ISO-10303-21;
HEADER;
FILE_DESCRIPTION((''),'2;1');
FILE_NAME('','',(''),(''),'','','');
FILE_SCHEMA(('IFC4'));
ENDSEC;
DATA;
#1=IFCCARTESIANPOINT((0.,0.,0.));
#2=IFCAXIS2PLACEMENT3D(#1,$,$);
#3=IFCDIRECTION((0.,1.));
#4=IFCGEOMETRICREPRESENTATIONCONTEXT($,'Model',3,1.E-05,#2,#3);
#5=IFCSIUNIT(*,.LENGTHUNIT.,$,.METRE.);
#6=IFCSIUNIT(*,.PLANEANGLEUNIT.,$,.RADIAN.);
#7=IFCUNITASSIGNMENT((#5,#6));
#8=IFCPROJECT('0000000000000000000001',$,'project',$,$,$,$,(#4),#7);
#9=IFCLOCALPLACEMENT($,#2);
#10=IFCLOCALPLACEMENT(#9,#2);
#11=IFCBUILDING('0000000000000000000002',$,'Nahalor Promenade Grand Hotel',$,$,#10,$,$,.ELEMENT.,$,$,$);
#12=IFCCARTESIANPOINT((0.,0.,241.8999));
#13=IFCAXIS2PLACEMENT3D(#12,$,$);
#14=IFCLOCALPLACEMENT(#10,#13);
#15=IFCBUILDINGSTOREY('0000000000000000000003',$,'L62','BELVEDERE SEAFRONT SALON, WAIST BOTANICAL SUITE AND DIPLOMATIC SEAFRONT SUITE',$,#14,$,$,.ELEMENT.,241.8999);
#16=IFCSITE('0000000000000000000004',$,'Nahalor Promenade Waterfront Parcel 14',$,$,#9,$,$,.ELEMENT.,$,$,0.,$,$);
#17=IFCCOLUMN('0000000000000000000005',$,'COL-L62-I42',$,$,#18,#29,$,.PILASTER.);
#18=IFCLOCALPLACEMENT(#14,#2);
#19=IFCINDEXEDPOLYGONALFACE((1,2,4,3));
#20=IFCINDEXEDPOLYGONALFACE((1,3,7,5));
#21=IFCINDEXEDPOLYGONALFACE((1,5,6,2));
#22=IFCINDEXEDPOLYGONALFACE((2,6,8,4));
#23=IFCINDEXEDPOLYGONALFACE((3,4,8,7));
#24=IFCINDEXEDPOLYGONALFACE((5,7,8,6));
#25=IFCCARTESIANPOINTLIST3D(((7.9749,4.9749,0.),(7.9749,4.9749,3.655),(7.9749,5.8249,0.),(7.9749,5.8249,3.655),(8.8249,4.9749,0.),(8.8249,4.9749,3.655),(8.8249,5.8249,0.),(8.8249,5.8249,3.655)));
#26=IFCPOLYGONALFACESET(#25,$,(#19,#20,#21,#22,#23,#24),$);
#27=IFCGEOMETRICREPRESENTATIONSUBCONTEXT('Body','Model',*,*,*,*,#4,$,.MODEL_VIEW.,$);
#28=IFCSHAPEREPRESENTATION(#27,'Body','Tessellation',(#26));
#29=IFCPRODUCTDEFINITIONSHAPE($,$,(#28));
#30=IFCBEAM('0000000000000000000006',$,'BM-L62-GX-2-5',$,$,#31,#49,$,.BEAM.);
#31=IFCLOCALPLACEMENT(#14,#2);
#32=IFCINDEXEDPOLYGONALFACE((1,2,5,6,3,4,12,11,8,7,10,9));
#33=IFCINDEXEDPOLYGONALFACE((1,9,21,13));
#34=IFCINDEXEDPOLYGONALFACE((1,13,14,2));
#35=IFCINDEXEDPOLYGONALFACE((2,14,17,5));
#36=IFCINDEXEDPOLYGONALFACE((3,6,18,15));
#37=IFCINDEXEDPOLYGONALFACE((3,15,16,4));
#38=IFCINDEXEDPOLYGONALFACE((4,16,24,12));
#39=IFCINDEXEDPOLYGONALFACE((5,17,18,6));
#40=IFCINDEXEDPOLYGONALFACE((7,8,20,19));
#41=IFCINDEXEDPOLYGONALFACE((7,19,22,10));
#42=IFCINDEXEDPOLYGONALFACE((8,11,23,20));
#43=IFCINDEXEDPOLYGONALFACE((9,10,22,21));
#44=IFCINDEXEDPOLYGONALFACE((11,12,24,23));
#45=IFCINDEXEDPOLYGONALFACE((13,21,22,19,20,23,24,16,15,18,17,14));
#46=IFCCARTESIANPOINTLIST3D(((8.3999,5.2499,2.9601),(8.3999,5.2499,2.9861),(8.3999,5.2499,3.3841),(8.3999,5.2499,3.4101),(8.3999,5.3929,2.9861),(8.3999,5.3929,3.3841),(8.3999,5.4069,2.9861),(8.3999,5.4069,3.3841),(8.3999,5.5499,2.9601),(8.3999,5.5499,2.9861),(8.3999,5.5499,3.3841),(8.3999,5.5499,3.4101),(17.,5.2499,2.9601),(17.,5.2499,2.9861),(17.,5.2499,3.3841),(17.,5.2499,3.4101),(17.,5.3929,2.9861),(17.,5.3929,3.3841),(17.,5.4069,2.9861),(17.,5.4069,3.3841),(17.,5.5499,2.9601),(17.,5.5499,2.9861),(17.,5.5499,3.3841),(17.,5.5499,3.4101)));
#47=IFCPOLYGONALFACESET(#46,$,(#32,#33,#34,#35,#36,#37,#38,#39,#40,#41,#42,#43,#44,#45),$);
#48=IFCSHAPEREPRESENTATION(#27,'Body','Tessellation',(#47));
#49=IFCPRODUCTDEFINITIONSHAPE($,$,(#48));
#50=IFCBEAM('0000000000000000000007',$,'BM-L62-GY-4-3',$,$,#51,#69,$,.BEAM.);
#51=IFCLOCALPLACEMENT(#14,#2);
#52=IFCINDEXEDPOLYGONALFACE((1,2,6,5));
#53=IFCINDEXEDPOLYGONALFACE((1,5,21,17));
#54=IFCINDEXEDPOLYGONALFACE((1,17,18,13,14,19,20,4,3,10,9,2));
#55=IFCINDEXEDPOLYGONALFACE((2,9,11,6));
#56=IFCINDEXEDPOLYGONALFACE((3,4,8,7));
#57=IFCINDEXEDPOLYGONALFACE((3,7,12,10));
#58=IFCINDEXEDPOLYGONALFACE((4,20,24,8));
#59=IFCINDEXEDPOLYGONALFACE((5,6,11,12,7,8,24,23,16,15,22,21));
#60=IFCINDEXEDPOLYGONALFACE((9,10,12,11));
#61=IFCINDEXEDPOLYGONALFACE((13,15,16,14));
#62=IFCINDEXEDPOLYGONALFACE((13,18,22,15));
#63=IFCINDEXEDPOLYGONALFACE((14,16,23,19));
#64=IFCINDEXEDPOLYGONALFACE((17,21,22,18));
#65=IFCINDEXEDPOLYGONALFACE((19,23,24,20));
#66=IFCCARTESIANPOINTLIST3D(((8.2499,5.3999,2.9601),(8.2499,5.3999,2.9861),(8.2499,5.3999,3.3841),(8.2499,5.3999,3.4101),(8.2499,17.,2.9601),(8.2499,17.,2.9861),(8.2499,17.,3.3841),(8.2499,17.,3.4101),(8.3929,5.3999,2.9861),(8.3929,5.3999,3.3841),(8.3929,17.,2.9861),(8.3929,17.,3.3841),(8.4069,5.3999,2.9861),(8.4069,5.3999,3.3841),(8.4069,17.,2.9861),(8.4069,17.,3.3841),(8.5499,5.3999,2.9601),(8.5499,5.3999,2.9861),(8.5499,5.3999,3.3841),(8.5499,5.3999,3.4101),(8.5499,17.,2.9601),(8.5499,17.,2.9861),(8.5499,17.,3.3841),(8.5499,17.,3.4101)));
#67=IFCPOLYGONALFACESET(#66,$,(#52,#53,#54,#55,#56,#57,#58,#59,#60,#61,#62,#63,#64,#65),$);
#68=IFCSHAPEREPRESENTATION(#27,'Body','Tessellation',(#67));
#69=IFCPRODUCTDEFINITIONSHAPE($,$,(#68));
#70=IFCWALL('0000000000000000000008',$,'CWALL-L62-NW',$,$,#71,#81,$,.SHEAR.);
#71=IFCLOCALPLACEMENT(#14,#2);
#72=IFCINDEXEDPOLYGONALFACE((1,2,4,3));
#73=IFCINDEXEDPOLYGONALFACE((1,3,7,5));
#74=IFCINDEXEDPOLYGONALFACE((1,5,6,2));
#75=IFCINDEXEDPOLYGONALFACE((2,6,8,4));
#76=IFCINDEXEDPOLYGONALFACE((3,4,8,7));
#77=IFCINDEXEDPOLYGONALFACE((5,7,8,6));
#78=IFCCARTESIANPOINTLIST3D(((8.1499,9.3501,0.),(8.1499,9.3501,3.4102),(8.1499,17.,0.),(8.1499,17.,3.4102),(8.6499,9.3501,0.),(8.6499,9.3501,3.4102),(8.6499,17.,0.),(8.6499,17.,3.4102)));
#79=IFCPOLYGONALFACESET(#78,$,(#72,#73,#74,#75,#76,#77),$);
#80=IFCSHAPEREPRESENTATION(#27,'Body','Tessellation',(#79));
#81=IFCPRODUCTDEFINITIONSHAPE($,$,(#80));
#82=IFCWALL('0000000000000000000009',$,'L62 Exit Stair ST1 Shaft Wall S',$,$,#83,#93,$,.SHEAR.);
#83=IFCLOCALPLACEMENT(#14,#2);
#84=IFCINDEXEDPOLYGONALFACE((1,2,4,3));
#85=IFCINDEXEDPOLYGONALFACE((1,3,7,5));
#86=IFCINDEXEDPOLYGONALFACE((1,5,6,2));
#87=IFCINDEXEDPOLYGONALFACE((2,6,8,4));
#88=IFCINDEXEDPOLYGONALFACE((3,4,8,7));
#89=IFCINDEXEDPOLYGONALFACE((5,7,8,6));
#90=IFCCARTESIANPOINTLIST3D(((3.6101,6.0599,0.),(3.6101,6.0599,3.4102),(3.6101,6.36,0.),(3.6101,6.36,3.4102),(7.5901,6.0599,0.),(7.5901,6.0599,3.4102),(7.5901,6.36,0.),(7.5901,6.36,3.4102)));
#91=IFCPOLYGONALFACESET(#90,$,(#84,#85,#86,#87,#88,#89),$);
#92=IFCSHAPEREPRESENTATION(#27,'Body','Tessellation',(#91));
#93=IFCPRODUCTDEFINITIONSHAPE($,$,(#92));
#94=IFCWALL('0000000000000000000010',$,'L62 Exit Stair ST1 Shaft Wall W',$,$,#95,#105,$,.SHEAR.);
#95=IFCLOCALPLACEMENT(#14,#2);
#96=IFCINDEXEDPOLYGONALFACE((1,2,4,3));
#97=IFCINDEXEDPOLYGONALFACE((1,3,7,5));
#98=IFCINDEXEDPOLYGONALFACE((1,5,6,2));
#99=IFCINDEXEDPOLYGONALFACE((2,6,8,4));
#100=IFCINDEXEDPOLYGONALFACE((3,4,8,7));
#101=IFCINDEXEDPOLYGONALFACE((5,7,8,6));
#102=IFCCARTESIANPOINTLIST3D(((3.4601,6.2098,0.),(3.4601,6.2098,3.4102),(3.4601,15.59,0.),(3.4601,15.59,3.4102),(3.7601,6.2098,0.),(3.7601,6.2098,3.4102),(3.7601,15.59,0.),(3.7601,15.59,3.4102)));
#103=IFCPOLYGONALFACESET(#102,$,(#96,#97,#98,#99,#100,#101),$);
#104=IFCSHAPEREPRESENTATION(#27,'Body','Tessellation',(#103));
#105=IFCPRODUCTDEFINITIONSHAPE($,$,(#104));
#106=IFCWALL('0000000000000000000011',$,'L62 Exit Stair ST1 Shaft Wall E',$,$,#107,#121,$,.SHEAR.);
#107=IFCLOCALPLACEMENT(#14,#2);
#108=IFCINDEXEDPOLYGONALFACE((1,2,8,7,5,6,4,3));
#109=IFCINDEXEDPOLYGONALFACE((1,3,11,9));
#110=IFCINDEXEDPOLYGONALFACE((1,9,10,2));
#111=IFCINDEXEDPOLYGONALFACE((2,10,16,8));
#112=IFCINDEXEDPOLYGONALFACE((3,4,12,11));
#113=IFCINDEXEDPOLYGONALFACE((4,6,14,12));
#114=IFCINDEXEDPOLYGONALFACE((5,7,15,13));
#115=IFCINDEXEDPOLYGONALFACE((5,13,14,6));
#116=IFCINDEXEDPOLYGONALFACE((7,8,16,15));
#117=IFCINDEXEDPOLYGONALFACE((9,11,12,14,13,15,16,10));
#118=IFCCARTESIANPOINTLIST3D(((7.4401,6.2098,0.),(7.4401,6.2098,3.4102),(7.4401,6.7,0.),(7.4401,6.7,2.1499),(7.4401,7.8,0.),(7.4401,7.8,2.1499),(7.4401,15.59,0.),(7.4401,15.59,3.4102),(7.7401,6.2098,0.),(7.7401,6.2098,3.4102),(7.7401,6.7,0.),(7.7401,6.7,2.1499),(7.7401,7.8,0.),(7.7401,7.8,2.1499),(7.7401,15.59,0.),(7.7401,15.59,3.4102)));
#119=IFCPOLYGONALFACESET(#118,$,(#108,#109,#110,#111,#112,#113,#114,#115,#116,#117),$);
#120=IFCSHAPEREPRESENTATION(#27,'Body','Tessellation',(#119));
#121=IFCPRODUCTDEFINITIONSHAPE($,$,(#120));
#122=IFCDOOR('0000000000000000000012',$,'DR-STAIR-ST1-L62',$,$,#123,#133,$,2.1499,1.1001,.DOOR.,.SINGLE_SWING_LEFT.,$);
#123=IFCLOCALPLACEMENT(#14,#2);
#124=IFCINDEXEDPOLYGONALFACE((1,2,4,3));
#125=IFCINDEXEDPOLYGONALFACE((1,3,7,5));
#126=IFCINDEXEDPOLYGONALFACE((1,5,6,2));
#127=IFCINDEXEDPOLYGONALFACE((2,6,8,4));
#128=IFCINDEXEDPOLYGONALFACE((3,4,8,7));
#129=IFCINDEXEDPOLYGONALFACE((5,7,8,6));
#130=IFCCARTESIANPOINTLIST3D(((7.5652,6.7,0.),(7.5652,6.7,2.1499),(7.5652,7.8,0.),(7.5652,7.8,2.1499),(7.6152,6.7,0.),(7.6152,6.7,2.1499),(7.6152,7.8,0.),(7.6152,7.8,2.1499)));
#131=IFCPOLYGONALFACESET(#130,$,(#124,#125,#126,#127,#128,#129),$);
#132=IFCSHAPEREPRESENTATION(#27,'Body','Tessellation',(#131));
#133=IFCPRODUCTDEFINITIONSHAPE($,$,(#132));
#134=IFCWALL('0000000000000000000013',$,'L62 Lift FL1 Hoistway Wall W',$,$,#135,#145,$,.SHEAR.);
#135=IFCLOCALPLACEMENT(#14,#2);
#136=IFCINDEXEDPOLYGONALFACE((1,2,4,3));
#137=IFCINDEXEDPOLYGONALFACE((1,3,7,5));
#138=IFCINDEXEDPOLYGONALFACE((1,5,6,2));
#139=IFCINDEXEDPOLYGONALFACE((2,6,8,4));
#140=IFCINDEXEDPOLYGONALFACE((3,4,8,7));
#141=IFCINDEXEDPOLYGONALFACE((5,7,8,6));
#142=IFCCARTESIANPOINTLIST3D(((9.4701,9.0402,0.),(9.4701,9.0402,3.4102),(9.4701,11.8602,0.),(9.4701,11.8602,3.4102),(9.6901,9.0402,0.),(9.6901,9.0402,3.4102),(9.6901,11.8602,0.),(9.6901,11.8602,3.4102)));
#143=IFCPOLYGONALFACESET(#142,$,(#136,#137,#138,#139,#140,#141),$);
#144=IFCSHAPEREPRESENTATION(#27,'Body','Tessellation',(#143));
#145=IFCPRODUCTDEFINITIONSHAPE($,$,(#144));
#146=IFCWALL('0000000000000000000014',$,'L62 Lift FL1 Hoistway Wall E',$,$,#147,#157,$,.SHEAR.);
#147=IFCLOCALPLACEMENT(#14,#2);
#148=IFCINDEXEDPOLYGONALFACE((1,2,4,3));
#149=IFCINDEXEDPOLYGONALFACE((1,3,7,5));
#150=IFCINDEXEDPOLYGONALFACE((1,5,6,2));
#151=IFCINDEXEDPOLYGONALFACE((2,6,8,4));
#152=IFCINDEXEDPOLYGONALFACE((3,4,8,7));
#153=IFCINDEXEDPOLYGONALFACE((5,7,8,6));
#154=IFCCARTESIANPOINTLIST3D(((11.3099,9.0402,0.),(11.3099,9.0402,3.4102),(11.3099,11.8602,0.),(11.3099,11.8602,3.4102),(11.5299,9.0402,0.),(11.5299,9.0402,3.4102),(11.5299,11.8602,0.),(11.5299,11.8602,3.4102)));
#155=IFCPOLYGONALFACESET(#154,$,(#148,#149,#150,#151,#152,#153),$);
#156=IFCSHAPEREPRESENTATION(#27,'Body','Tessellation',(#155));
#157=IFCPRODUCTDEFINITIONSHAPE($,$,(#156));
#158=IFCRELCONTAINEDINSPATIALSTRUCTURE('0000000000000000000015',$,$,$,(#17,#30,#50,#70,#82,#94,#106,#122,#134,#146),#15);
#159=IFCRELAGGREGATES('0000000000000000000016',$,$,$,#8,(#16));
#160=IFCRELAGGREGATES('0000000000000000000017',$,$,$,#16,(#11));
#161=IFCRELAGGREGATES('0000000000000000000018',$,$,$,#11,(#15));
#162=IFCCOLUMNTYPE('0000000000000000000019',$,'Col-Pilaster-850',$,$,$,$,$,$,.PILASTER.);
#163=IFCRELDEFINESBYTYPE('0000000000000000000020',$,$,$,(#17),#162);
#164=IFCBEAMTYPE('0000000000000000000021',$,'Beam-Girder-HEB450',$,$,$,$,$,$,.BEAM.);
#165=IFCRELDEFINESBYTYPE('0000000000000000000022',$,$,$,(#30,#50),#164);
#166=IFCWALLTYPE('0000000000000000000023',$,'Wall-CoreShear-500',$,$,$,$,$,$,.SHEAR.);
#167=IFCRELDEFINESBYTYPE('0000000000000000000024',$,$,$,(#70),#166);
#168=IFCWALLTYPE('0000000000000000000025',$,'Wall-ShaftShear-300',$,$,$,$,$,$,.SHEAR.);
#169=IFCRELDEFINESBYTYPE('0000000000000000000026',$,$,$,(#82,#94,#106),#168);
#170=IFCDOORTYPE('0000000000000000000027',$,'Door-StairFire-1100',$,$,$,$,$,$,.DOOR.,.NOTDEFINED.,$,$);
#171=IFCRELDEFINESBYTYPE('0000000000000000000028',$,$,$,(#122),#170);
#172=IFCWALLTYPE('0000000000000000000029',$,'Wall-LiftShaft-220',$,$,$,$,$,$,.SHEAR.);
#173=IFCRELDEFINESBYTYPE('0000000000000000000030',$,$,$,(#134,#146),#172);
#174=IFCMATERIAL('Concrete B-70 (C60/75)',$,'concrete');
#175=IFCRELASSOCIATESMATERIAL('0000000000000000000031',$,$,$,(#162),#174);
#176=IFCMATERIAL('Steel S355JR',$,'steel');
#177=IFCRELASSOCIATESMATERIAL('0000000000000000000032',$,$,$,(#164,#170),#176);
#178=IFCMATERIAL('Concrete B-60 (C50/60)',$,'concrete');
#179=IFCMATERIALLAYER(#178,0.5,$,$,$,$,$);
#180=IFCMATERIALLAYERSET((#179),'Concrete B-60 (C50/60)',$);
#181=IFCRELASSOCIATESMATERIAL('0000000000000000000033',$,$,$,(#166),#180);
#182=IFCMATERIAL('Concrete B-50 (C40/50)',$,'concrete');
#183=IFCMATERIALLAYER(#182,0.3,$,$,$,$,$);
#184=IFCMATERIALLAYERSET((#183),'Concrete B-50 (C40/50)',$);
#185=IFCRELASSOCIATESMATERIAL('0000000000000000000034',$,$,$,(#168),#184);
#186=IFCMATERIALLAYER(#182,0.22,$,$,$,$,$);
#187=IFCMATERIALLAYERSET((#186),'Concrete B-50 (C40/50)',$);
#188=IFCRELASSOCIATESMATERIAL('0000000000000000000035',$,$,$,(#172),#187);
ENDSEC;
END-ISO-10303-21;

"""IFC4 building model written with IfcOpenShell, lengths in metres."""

from ifc_helpers import new_model, si_unit, direction, frame, frame_2d, origin, origin_2d, place, context, subcontext, project, spatial, rectangle, i_section, extrude, source, transform, mapped, material, layer, layer_set, material_profile, profile_set, type_object, element, fill, save


model = new_model("IFC4")

# Units and contexts
model_context = context("Model", 3, precision=1e-05, world=origin(), true_north=direction((0.0, 1.0)))
body_context = subcontext(model_context, "Body", "Model", "MODEL_VIEW")
ifc_project = project(units=[si_unit("LENGTHUNIT", "METRE"), si_unit("PLANEANGLEUNIT", "RADIAN")], contexts=[model_context])

# Site, building, storey
site_placement = place(None, origin())
site = spatial("IfcSite", under=ifc_project, at=site_placement, Name="Nahalor Promenade Waterfront Parcel 14", CompositionType="ELEMENT", RefElevation=0.0)
building_placement = place(site_placement, origin())
building = spatial("IfcBuilding", under=site, at=building_placement, Name="Nahalor Promenade Grand Hotel", CompositionType="ELEMENT")
storey_placement = place(building_placement, frame((0.0, 0.0, 241.8999)))
storey = spatial("IfcBuildingStorey", under=building, at=storey_placement, Name="L62", Description="BELVEDERE SEAFRONT SALON, WAIST BOTANICAL SUITE AND DIPLOMATIC SEAFRONT SUITE", CompositionType="ELEMENT", Elevation=241.8999)

# Column
ifc_material_1 = material(Name="Concrete B-70 (C60/75)", Category="concrete")
ifc_material_profile_1 = material_profile(ifc_material_1, rectangle(XDim=0.85, YDim=0.85, at=origin_2d()), Name="RC 850x850")
ifc_profile_set_1 = profile_set([ifc_material_profile_1], Name="Concrete B-70 (C60/75)")
column_type = type_object("IfcColumnType", Name="Col-Pilaster-850", PredefinedType="PILASTER", material=ifc_profile_set_1)
shared_shape_1 = source(origin(), body_context, "Body", "SweptSolid", [
    extrude(rectangle(XDim=0.85, YDim=0.85, at=origin_2d()), origin(), (0.0, 0.0, 1.0), 3.655),
])
column_placement = place(storey_placement, frame((8.3999, 5.3999, 0.0), z_axis=(0.0, 0.0, 1.0), x_axis=(1.0, 0.0, 0.0)))
element("IfcColumn", 1, at=column_placement, inside=storey, type_object=column_type, Name="COL-L62-I42", PredefinedType="PILASTER", context=body_context, shape_type="MappedRepresentation", body=[
    mapped(shared_shape_1, transform((0.0, 0.0, 0.0), scale=1.0)),
])

# Beams
ifc_material_2 = material(Name="Steel S355JR", Category="steel")
ifc_material_profile_2 = material_profile(ifc_material_2, i_section(OverallWidth=0.3, OverallDepth=0.45, WebThickness=0.014, FlangeThickness=0.026, at=origin_2d()), Name="HEB 450")
ifc_profile_set_2 = profile_set([ifc_material_profile_2], Name="Steel S355JR")
beam_type = type_object("IfcBeamType", Name="Beam-Girder-HEB450", PredefinedType="BEAM", material=ifc_profile_set_2)
shared_shape_2 = source(origin(), body_context, "Body", "SweptSolid", [
    extrude(i_section(OverallWidth=0.3, OverallDepth=0.45, WebThickness=0.014, FlangeThickness=0.026, at=origin_2d()), origin(), (0.0, 0.0, 1.0), 8.6001),
])
beam_1_placement = place(storey_placement, frame((8.3999, 5.3999, 3.1851), z_axis=(1.0, 0.0, 0.0), x_axis=(0.0, 1.0, 0.0)))
element("IfcBeam", 2, at=beam_1_placement, inside=storey, type_object=beam_type, Name="BM-L62-GX-2-5", PredefinedType="BEAM", context=body_context, shape_type="MappedRepresentation", body=[
    mapped(shared_shape_2, transform((0.0, 0.0, 0.0), scale=1.0)),
])
shared_shape_3 = source(origin(), body_context, "Body", "SweptSolid", [
    extrude(i_section(OverallWidth=0.3, OverallDepth=0.45, WebThickness=0.014, FlangeThickness=0.026, at=origin_2d()), origin(), (0.0, 0.0, 1.0), 11.6001),
])
beam_2_placement = place(storey_placement, frame((8.3999, 5.3999, 3.1851), z_axis=(0.0, 1.0, 0.0), x_axis=(-1.0, 0.0, 0.0)))
element("IfcBeam", 3, at=beam_2_placement, inside=storey, type_object=beam_type, Name="BM-L62-GY-4-3", PredefinedType="BEAM", context=body_context, shape_type="MappedRepresentation", body=[
    mapped(shared_shape_3, transform((0.0, 0.0, 0.0), scale=1.0)),
])

# Walls
ifc_material_3 = material(Name="Concrete B-60 (C50/60)", Category="concrete")
ifc_layer_1 = layer(ifc_material_3, 0.5)
ifc_layer_set_1 = layer_set([ifc_layer_1], Name="Concrete B-60 (C50/60)")
wall_type_1 = type_object("IfcWallType", Name="Wall-CoreShear-500", PredefinedType="SHEAR", material=ifc_layer_set_1)
shared_shape_4 = source(origin(), body_context, "Body", "SweptSolid", [
    extrude(rectangle(XDim=7.6499, YDim=0.5, at=frame_2d((3.825, 0.0))), origin(), (0.0, 0.0, 1.0), 3.4102),
])
wall_1_placement = place(storey_placement, frame((8.3999, 9.3501, 0.0), z_axis=(0.0, 0.0, 1.0), x_axis=(0.0, 1.0, 0.0)))
element("IfcWall", 4, at=wall_1_placement, inside=storey, type_object=wall_type_1, Name="CWALL-L62-NW", PredefinedType="SHEAR", context=body_context, shape_type="MappedRepresentation", body=[
    mapped(shared_shape_4, transform((0.0, 0.0, 0.0), scale=1.0)),
])
ifc_material_4 = material(Name="Concrete B-50 (C40/50)", Category="concrete")
ifc_layer_2 = layer(ifc_material_4, 0.3)
ifc_layer_set_2 = layer_set([ifc_layer_2], Name="Concrete B-50 (C40/50)")
wall_type_2 = type_object("IfcWallType", Name="Wall-ShaftShear-300", PredefinedType="SHEAR", material=ifc_layer_set_2)
shared_shape_5 = source(origin(), body_context, "Body", "SweptSolid", [
    extrude(rectangle(XDim=3.98, YDim=0.3, at=frame_2d((1.99, 0.0))), origin(), (0.0, 0.0, 1.0), 3.4102),
])
wall_2_placement = place(storey_placement, frame((3.6101, 6.21, 0.0), z_axis=(0.0, 0.0, 1.0), x_axis=(1.0, 0.0, 0.0)))
element("IfcWall", 5, at=wall_2_placement, inside=storey, type_object=wall_type_2, Name="L62 Exit Stair ST1 Shaft Wall S", PredefinedType="SHEAR", context=body_context, shape_type="MappedRepresentation", body=[
    mapped(shared_shape_5, transform((0.0, 0.0, 0.0), scale=1.0)),
])
shared_shape_6 = source(origin(), body_context, "Body", "SweptSolid", [
    extrude(rectangle(XDim=9.3801, YDim=0.3, at=frame_2d((4.6899, 0.0))), origin(), (0.0, 0.0, 1.0), 3.4102),
])
wall_3_placement = place(storey_placement, frame((3.6101, 6.21, 0.0), z_axis=(0.0, 0.0, 1.0), x_axis=(0.0, 1.0, 0.0)))
element("IfcWall", 6, at=wall_3_placement, inside=storey, type_object=wall_type_2, Name="L62 Exit Stair ST1 Shaft Wall W", PredefinedType="SHEAR", context=body_context, shape_type="MappedRepresentation", body=[
    mapped(shared_shape_6, transform((0.0, 0.0, 0.0), scale=1.0)),
])

# Wall, opening, door
wall_4_placement = place(storey_placement, frame((7.5901, 6.21, 0.0), z_axis=(0.0, 0.0, 1.0), x_axis=(0.0, 1.0, 0.0)))
wall_4 = element("IfcWall", 7, at=wall_4_placement, inside=storey, type_object=wall_type_2, Name="L62 Exit Stair ST1 Shaft Wall E", PredefinedType="SHEAR", context=body_context, shape_type="MappedRepresentation", body=[
    mapped(shared_shape_6, transform((0.0, 0.0, 0.0), scale=1.0)),
])
opening_1_placement = place(wall_4_placement, frame((0.49, 0.0, 0.0)))
opening_1 = element("IfcOpeningElement", 8, at=opening_1_placement, cuts=wall_4, PredefinedType="OPENING", context=body_context, shape_type="SweptSolid", body=[
    extrude(rectangle(XDim=1.1001, YDim=2.1499, at=frame_2d((0.55, 1.075))), frame((0.0, 0.1599, 0.0), z_axis=(0.0, -1.0, 0.0), x_axis=(1.0, 0.0, 0.0)), (0.0, 0.0, 1.0), 0.3201),
])
door_type_1 = type_object("IfcDoorType", Name="Door-StairFire-1100", OperationType="NOTDEFINED", PredefinedType="DOOR", material=ifc_material_2)
shared_shape_7 = source(origin(), body_context, "Body", "SweptSolid", [
    extrude(rectangle(XDim=1.1001, YDim=2.1499, at=frame_2d((0.55, 1.075))), frame((0.0, 0.0249, 0.0), z_axis=(0.0, -1.0, 0.0), x_axis=(1.0, 0.0, 0.0)), (0.0, 0.0, 1.0), 0.05),
])
door_1_placement = place(opening_1_placement, origin())
door_1 = element("IfcDoor", 9, at=door_1_placement, inside=storey, type_object=door_type_1, Name="DR-STAIR-ST1-L62", OperationType="SINGLE_SWING_LEFT", OverallHeight=2.1499, OverallWidth=1.1001, PredefinedType="DOOR", context=body_context, shape_type="MappedRepresentation", body=[
    mapped(shared_shape_7, transform((0.0, 0.0, 0.0), scale=1.0)),
])
fill(opening_1, door_1)

# Walls
ifc_layer_3 = layer(ifc_material_4, 0.22)
ifc_layer_set_3 = layer_set([ifc_layer_3], Name="Concrete B-50 (C40/50)")
wall_type_3 = type_object("IfcWallType", Name="Wall-LiftShaft-220", PredefinedType="SHEAR", material=ifc_layer_set_3)
shared_shape_8 = source(origin(), body_context, "Body", "SweptSolid", [
    extrude(rectangle(XDim=2.8201, YDim=0.22, at=frame_2d((1.4102, 0.0))), origin(), (0.0, 0.0, 1.0), 3.4102),
])
for number, where, z_axis, x_axis, name in (
    (10, (9.5801, 9.04, 0.0), (0.0, 0.0, 1.0), (0.0, 1.0, 0.0), "L62 Lift FL1 Hoistway Wall W"),
    (11, (11.4199, 9.04, 0.0), (0.0, 0.0, 1.0), (0.0, 1.0, 0.0), "L62 Lift FL1 Hoistway Wall E"),
):
    element("IfcWall", number, at=place(storey_placement, frame(where, z_axis=z_axis, x_axis=x_axis)), inside=storey, type_object=wall_type_3, Name=name, PredefinedType="SHEAR", context=body_context, shape_type="MappedRepresentation", body=[
        mapped(shared_shape_8, transform((0.0, 0.0, 0.0), scale=1.0)),
    ])

save(model, "model.ifc")
